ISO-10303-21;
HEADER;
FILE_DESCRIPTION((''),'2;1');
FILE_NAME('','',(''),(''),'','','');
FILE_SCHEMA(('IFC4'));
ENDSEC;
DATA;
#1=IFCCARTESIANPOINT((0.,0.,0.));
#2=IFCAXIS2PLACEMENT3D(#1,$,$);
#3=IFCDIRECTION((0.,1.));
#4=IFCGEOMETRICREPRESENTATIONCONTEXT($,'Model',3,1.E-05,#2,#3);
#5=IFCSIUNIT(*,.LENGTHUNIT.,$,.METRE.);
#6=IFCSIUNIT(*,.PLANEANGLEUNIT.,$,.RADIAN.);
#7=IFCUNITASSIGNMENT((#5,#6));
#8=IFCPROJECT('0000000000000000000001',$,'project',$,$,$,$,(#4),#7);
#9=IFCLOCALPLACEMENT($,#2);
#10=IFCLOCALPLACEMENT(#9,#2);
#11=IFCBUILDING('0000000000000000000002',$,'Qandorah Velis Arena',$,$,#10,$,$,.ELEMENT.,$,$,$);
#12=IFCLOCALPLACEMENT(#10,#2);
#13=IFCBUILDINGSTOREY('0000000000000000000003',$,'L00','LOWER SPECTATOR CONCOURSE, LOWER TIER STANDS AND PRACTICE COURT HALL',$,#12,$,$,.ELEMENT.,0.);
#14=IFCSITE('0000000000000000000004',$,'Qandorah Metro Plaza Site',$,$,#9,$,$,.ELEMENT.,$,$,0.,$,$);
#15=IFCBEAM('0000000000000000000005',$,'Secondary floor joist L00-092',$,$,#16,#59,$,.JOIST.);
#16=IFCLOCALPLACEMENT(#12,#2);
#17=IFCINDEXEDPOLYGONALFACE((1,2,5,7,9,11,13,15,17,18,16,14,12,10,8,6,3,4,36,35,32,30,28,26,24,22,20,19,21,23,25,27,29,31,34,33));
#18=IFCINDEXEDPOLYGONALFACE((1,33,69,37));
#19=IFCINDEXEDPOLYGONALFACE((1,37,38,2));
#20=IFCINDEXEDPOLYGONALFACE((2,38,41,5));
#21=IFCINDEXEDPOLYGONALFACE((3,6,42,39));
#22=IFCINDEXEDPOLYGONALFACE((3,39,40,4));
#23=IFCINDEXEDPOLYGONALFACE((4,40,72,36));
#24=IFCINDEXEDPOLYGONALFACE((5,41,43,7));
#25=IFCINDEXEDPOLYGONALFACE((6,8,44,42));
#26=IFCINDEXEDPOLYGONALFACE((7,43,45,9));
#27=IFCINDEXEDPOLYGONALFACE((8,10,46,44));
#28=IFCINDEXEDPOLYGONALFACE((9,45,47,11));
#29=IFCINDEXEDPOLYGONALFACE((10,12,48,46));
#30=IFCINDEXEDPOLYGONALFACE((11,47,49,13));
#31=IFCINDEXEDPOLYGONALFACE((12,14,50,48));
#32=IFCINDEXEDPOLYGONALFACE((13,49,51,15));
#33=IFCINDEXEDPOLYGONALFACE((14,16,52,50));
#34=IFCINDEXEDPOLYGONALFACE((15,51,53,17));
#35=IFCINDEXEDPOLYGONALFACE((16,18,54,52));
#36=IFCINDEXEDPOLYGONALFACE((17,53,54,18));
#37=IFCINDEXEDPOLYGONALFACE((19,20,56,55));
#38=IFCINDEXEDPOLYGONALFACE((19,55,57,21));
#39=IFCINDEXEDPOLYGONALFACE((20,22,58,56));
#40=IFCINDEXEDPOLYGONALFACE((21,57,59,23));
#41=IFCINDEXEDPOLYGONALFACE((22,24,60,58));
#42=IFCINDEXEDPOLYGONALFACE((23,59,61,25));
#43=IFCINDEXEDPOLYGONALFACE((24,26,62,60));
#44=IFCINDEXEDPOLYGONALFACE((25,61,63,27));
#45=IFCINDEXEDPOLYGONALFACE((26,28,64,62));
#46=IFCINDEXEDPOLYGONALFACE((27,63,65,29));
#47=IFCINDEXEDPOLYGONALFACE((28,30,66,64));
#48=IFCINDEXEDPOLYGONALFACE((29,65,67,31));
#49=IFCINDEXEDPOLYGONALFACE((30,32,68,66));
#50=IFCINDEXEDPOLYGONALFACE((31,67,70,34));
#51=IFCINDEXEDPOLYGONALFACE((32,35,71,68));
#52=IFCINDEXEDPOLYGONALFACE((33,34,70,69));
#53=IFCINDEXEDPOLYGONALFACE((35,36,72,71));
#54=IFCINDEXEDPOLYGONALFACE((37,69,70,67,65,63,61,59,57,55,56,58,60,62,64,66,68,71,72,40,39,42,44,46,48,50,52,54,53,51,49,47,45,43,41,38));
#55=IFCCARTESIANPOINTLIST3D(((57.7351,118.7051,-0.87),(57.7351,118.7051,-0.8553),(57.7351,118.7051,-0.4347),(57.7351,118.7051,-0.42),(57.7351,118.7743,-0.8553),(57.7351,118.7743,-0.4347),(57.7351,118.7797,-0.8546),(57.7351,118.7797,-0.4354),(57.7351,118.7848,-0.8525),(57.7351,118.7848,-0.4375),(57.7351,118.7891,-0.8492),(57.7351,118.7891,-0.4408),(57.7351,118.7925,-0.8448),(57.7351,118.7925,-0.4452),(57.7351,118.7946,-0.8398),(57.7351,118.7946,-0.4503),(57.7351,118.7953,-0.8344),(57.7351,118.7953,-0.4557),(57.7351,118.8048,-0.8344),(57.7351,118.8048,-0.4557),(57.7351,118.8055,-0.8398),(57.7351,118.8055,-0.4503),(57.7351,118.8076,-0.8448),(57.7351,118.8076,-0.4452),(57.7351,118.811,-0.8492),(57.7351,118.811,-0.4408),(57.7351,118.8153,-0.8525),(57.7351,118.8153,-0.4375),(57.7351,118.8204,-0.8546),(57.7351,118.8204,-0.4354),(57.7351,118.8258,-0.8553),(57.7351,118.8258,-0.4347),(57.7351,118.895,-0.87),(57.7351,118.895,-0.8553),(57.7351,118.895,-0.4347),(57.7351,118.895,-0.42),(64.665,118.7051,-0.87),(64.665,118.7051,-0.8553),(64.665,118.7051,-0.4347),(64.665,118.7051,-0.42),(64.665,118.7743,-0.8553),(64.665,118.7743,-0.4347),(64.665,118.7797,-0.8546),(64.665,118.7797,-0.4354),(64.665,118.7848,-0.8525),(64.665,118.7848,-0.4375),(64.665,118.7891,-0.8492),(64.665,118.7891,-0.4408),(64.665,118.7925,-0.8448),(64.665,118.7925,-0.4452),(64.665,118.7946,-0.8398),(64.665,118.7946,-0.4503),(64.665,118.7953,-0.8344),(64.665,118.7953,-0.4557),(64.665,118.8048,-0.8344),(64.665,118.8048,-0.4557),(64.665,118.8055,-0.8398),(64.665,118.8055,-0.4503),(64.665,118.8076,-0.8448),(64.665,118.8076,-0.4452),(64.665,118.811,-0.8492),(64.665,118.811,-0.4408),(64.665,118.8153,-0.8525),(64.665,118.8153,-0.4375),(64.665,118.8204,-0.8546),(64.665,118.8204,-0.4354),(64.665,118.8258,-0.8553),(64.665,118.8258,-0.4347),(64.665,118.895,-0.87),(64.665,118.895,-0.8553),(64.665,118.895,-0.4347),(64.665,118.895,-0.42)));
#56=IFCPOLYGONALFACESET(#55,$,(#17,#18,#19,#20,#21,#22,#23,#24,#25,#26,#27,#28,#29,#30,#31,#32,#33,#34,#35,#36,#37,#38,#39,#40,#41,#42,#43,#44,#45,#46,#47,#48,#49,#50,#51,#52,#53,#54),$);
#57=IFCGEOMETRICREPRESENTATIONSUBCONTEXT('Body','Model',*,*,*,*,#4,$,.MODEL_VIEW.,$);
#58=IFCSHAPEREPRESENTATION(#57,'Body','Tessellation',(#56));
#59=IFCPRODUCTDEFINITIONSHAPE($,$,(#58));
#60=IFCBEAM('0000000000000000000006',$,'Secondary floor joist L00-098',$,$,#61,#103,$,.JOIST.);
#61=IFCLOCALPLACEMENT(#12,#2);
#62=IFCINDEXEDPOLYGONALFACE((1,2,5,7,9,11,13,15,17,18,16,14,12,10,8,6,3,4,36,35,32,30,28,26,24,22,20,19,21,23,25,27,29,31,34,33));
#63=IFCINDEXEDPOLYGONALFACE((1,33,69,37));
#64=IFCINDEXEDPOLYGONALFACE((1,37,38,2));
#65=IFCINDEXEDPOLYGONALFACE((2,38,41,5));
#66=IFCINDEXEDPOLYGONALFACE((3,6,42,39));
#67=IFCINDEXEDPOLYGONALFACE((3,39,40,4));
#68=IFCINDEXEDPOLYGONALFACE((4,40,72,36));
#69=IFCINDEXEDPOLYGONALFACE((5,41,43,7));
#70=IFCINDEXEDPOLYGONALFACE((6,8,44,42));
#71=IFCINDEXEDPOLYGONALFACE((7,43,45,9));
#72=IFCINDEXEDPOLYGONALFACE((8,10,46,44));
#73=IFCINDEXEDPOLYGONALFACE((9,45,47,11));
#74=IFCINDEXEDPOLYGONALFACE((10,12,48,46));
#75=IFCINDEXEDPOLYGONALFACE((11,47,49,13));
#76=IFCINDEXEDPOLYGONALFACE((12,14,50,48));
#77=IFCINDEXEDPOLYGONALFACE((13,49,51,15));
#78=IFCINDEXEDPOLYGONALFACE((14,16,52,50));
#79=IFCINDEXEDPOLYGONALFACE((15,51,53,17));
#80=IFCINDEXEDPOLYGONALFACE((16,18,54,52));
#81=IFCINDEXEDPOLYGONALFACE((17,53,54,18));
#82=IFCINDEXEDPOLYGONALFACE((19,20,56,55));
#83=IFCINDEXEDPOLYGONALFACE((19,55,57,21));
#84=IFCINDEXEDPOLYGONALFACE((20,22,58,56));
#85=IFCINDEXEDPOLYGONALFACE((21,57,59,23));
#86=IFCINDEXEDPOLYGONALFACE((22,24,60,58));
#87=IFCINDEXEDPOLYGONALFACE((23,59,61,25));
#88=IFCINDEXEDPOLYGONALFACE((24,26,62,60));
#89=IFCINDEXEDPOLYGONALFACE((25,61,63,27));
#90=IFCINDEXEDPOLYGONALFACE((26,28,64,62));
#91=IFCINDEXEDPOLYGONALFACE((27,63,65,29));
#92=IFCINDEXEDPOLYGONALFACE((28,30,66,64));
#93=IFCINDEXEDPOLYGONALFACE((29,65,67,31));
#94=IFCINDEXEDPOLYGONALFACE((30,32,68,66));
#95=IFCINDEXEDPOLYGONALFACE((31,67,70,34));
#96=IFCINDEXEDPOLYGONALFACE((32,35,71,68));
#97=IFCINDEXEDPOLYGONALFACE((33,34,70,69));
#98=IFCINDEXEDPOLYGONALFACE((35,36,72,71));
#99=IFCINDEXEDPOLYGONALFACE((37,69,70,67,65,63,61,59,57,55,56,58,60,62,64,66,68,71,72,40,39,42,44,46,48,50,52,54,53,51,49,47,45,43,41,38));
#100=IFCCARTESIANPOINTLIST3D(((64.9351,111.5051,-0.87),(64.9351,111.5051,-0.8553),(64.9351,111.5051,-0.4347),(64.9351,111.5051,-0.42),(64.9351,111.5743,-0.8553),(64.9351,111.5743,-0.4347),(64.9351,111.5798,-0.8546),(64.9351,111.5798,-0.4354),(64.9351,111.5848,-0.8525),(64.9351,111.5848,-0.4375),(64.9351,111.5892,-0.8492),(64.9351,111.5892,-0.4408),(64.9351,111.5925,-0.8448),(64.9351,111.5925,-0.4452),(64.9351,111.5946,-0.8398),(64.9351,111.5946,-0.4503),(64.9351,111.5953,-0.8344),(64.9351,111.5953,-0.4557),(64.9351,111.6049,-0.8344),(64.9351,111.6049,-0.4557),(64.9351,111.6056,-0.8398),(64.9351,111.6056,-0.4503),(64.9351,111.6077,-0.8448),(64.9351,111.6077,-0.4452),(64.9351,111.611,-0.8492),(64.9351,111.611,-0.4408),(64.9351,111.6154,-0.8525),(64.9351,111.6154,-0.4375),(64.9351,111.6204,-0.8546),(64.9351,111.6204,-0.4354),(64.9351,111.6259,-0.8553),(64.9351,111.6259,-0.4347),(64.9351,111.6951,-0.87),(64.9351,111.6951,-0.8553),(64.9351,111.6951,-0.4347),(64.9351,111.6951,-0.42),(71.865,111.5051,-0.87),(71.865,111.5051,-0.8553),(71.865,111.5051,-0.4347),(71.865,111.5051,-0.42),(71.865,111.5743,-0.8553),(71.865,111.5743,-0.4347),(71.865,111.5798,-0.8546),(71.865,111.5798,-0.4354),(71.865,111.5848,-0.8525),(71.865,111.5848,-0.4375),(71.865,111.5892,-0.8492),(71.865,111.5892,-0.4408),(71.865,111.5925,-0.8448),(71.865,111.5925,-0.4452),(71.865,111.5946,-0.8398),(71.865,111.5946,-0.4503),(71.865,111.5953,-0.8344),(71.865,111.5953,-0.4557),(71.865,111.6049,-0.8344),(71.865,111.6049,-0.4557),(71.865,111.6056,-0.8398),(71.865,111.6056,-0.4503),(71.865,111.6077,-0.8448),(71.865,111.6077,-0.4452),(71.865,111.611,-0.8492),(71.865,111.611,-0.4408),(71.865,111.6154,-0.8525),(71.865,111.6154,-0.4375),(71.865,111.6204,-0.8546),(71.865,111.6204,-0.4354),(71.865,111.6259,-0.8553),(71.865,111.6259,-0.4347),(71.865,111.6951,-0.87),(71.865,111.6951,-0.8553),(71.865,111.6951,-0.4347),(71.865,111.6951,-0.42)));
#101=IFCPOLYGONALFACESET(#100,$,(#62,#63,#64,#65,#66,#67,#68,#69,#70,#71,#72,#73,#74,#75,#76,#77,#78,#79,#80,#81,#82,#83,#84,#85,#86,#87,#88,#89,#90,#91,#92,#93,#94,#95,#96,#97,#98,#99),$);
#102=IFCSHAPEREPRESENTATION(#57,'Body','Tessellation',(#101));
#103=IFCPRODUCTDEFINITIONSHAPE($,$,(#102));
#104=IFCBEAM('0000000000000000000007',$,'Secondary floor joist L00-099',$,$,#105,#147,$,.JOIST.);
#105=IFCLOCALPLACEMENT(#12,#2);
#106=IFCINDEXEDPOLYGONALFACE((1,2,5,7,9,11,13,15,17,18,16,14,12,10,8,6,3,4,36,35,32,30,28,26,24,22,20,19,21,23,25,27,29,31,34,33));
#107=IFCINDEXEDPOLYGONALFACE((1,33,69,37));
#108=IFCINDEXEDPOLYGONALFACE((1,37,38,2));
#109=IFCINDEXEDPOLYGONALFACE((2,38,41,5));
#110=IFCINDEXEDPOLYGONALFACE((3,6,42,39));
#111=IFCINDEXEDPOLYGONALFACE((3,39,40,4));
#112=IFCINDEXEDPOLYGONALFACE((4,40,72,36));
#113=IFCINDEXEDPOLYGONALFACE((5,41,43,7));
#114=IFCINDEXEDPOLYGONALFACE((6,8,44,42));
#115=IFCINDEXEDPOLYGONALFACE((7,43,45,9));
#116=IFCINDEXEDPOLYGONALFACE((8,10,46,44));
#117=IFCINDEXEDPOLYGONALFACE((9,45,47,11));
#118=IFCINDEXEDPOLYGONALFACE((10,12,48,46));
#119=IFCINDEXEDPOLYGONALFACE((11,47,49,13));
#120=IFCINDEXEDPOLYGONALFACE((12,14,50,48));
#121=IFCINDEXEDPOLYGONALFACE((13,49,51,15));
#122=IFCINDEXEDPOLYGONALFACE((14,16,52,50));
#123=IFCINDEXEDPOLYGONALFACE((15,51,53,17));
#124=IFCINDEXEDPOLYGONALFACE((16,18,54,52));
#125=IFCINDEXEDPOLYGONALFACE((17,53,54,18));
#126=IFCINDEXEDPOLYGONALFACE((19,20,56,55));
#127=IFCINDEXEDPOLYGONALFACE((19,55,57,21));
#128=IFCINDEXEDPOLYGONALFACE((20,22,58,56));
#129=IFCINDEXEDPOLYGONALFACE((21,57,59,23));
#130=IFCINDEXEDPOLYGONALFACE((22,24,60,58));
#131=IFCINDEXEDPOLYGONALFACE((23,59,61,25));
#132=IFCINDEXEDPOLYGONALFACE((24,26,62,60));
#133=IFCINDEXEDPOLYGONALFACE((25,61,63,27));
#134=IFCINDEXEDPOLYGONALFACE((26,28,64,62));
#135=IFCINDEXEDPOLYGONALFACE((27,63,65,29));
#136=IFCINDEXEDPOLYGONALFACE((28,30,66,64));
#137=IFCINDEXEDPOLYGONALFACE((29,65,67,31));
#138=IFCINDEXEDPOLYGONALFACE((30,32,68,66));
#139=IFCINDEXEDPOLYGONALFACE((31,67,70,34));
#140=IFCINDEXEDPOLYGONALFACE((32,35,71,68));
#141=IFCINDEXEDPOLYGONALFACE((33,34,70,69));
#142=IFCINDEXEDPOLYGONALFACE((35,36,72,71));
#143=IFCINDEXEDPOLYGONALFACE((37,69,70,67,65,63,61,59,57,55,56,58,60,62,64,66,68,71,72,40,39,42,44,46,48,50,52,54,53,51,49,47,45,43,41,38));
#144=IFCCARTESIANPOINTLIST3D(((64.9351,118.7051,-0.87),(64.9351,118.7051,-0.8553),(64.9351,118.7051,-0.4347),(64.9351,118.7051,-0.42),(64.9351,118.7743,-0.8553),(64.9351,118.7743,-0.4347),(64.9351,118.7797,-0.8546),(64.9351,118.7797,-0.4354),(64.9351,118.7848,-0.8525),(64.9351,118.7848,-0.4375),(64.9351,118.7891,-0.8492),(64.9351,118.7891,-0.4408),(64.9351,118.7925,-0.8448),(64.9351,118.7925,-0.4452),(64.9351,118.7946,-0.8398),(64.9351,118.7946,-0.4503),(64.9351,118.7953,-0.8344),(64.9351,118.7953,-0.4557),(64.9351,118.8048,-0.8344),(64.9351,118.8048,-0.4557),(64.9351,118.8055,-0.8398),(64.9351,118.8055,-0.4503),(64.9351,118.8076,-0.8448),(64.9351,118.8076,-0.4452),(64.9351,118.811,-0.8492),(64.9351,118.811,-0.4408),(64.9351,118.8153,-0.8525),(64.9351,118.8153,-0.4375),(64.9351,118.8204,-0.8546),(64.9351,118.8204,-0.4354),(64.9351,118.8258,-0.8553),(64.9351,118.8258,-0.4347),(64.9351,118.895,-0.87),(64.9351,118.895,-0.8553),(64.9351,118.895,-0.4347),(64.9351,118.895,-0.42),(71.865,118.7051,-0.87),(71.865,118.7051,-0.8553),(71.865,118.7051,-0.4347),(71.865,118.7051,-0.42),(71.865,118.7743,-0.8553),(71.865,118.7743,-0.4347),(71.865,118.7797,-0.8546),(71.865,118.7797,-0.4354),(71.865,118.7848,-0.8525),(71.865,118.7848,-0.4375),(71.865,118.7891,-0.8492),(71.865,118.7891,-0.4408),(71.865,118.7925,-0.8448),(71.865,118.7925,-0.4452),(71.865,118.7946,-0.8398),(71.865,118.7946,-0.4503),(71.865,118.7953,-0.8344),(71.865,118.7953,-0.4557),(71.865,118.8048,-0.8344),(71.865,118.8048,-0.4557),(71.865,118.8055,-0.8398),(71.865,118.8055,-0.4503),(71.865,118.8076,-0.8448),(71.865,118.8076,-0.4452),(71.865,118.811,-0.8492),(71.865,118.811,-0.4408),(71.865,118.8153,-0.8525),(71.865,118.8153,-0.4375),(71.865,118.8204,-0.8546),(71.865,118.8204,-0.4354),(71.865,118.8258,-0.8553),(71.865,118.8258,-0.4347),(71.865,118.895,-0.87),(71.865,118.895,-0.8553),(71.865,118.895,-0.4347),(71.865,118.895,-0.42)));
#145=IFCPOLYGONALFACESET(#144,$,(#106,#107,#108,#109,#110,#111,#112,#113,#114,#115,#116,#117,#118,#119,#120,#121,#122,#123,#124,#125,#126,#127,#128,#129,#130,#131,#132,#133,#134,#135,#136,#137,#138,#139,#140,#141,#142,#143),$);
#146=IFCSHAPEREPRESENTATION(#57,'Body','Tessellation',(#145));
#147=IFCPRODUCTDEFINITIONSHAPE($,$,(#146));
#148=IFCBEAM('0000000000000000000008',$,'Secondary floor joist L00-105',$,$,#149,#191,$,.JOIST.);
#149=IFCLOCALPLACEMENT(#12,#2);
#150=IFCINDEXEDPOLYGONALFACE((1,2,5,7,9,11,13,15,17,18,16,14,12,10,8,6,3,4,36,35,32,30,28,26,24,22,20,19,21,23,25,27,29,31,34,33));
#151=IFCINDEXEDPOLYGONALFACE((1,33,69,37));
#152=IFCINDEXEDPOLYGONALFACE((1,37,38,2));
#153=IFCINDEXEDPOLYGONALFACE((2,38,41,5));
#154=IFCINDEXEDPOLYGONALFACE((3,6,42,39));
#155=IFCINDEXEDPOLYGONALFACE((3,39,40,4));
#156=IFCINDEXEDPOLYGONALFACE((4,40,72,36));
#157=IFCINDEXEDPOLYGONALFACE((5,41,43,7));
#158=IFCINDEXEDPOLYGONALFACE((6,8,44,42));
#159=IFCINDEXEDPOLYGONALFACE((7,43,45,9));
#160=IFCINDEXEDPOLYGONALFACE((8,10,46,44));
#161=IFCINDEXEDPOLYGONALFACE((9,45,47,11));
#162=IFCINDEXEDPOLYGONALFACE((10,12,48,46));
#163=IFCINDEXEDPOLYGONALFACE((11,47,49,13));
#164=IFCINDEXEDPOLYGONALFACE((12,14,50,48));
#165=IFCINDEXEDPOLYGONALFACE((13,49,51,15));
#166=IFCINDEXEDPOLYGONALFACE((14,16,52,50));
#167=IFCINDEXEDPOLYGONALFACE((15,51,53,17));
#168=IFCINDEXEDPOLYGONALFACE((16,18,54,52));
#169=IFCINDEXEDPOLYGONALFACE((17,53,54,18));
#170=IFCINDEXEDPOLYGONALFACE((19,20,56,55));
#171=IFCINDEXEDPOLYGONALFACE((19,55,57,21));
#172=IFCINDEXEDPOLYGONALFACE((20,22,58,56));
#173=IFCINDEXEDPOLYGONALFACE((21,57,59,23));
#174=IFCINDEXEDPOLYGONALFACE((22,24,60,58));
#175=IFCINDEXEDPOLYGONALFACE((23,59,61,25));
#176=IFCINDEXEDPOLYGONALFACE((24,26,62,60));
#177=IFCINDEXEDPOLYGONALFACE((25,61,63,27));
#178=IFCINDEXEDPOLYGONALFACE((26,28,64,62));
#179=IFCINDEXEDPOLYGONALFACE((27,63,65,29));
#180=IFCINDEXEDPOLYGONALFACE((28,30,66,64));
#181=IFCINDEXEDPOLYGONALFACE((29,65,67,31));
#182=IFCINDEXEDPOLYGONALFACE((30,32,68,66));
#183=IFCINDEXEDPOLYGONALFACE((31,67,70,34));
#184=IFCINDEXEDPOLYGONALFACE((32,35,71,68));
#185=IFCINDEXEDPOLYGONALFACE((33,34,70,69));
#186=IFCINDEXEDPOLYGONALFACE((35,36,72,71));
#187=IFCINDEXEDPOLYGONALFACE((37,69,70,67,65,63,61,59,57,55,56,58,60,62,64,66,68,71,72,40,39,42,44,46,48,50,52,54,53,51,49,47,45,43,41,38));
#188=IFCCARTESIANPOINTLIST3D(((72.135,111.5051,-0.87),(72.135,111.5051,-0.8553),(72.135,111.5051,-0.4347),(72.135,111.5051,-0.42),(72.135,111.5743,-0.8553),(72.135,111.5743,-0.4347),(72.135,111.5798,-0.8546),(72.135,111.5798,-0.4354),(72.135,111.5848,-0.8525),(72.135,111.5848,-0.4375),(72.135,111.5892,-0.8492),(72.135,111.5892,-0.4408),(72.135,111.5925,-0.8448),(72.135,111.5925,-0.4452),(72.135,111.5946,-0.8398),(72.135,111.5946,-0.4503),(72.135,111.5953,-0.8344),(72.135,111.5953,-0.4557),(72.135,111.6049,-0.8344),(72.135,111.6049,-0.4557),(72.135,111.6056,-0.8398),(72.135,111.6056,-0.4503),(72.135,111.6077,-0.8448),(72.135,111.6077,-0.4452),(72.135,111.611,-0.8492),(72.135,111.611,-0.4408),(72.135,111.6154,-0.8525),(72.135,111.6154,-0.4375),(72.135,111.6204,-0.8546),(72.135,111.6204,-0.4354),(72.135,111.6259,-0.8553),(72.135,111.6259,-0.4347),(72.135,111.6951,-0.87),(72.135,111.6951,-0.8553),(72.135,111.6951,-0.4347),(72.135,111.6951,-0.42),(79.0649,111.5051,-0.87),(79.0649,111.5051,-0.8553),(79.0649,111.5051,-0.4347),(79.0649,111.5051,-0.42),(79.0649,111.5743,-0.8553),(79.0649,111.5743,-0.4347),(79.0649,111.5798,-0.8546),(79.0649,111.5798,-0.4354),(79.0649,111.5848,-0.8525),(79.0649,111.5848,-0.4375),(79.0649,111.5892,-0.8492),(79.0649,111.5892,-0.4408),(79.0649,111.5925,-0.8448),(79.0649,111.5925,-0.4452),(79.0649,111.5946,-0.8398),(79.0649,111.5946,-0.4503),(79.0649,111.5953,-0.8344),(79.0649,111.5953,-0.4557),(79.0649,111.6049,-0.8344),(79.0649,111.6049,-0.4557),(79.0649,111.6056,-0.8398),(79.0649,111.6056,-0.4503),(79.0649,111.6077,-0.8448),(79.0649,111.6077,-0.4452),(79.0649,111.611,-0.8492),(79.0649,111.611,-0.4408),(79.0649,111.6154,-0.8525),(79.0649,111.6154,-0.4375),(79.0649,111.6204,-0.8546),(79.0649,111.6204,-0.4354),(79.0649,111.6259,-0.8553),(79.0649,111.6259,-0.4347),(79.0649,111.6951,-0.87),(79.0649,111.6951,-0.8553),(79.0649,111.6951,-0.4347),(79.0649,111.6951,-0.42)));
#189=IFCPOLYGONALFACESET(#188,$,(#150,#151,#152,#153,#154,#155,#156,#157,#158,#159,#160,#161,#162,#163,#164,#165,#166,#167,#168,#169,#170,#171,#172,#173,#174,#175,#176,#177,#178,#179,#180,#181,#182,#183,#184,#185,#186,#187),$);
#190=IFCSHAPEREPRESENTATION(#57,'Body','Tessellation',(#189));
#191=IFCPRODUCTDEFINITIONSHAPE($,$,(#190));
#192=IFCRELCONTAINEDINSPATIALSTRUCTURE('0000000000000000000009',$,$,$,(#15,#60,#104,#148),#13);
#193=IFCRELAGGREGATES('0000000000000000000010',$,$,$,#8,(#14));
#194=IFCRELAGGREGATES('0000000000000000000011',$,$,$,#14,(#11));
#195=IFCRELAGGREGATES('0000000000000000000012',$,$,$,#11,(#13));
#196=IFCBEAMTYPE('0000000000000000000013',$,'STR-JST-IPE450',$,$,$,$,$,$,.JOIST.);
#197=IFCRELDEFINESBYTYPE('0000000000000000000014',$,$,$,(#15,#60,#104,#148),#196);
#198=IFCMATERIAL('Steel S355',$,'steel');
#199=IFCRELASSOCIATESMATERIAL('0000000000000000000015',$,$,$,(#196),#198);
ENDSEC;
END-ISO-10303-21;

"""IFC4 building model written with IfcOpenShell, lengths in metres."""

from ifc_helpers import new_model, si_unit, direction, frame, origin, origin_2d, place, context, subcontext, project, spatial, i_section, extrude, material, material_profile, profile_set, type_object, element, save


model = new_model("IFC4")

# Units and contexts
model_context = context("Model", 3, precision=1e-05, world=origin(), true_north=direction((0.0, 1.0)))
body_context = subcontext(model_context, "Body", "Model", "MODEL_VIEW")
ifc_project = project(units=[si_unit("LENGTHUNIT", "METRE"), si_unit("PLANEANGLEUNIT", "RADIAN")], contexts=[model_context])

# Site, building, storey
site_placement = place(None, origin())
site = spatial("IfcSite", under=ifc_project, at=site_placement, Name="Qandorah Metro Plaza Site", CompositionType="ELEMENT", RefElevation=0.0)
building_placement = place(site_placement, origin())
building = spatial("IfcBuilding", under=site, at=building_placement, Name="Qandorah Velis Arena", CompositionType="ELEMENT")
storey_placement = place(building_placement, origin())
storey = spatial("IfcBuildingStorey", under=building, at=storey_placement, Name="L00", Description="LOWER SPECTATOR CONCOURSE, LOWER TIER STANDS AND PRACTICE COURT HALL", CompositionType="ELEMENT", Elevation=0.0)

# Beams
ifc_material_1 = material(Name="Steel S355", Category="steel")
ifc_material_profile_1 = material_profile(ifc_material_1, i_section(OverallWidth=0.1899, OverallDepth=0.45, WebThickness=0.0095, FlangeThickness=0.0146, FilletRadius=0.021, at=origin_2d()), Name="IPE 450")
ifc_profile_set_1 = profile_set([ifc_material_profile_1], Name="Steel S355")
beam_type_1 = type_object("IfcBeamType", Name="STR-JST-IPE450", PredefinedType="JOIST", material=ifc_profile_set_1)
for number, where, z_axis, x_axis, name in (
    (1, (57.7351, 118.8, -0.645), (1.0, 0.0, 0.0), (0.0, 1.0, 0.0), "Secondary floor joist L00-092"),
    (2, (64.9351, 111.6001, -0.645), (1.0, 0.0, 0.0), (0.0, 1.0, 0.0), "Secondary floor joist L00-098"),
    (3, (64.9351, 118.8, -0.645), (1.0, 0.0, 0.0), (0.0, 1.0, 0.0), "Secondary floor joist L00-099"),
    (4, (72.135, 111.6001, -0.645), (1.0, 0.0, 0.0), (0.0, 1.0, 0.0), "Secondary floor joist L00-105"),
):
    element("IfcBeam", number, at=place(storey_placement, frame(where, z_axis=z_axis, x_axis=x_axis)), inside=storey, type_object=beam_type_1, Name=name, PredefinedType="JOIST", context=body_context, shape_type="SweptSolid", body=[
        extrude(i_section(OverallWidth=0.1899, OverallDepth=0.45, WebThickness=0.0095, FlangeThickness=0.0146, FilletRadius=0.021, at=origin_2d()), origin(), (0.0, 0.0, 1.0), 6.9299),
    ])

save(model, "model.ifc")
